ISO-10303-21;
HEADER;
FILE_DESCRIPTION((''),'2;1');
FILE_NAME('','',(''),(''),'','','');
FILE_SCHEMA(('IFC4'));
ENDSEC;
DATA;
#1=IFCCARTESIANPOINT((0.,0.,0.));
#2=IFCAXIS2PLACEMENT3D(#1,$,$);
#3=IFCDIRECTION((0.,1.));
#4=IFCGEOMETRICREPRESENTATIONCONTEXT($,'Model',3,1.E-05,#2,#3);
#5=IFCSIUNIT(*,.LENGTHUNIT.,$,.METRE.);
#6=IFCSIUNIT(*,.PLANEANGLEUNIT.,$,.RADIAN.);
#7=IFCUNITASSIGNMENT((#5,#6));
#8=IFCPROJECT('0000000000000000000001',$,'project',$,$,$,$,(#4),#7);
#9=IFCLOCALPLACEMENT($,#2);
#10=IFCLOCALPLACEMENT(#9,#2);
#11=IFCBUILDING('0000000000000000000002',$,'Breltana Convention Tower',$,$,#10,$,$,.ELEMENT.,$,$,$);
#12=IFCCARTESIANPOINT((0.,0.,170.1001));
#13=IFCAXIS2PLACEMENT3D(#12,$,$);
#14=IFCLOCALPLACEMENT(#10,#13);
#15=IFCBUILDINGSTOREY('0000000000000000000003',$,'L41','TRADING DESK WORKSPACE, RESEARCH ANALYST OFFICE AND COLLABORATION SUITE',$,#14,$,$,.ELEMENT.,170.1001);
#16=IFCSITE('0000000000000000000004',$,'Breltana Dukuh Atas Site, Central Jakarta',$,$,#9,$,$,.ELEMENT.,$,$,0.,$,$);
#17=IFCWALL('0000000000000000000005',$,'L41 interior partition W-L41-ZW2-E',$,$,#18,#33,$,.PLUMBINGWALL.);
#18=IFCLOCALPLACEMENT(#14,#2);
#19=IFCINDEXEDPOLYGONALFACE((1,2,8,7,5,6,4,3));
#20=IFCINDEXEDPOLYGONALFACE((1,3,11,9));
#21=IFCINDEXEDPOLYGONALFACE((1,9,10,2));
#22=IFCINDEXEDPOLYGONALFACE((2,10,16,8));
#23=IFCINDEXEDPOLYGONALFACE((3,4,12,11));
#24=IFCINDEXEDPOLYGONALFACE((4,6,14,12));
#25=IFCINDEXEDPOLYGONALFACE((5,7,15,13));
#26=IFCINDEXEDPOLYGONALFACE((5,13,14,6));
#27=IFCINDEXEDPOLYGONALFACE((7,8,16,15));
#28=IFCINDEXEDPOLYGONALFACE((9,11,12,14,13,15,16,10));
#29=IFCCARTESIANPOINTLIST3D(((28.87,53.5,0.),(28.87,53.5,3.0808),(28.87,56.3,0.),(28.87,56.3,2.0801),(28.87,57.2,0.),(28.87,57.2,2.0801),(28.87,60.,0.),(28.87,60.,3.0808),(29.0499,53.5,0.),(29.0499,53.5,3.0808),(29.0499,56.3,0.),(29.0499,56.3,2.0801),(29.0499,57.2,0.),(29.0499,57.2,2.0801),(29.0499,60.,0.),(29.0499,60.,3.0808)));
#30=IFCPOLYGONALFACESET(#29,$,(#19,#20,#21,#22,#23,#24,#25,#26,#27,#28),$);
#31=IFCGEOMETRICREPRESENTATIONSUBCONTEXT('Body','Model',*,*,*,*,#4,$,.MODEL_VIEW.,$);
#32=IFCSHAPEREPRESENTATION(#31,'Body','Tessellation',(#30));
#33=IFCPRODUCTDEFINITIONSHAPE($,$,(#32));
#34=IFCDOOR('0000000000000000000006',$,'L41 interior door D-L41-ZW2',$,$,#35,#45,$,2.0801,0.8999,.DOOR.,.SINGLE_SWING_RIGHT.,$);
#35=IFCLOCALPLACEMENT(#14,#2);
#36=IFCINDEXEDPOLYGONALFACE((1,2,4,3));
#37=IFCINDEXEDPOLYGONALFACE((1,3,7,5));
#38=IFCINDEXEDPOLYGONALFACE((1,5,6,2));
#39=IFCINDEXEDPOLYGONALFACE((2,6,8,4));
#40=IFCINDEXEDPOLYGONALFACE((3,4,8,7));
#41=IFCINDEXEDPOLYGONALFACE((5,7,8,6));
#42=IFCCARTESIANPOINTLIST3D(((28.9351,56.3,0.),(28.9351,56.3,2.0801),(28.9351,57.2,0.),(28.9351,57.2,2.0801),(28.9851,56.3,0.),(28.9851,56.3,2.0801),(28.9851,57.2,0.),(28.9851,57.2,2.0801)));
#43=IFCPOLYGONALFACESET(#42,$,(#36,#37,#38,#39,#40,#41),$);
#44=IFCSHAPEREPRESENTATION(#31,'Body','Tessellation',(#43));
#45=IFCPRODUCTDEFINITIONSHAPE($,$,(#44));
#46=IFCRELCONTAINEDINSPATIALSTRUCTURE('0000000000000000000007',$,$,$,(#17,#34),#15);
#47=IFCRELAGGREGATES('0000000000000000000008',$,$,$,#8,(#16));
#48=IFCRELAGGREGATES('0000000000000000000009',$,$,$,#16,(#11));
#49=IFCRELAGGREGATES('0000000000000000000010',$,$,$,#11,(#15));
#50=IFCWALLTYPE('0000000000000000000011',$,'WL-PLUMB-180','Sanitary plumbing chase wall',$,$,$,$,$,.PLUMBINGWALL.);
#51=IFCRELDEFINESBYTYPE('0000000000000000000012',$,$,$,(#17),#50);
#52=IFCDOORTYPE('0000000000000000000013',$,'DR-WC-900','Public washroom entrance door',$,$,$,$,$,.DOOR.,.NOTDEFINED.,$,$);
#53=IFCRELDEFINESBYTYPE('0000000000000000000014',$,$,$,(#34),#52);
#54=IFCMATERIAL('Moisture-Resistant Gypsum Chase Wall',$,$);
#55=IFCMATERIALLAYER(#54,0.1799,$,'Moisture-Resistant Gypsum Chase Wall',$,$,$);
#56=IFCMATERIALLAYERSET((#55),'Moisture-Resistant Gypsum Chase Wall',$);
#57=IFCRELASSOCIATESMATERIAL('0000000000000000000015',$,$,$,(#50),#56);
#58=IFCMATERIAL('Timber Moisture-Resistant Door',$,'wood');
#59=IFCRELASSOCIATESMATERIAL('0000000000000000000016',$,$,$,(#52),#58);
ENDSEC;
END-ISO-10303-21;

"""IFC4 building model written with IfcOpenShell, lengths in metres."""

from ifc_helpers import new_model, si_unit, direction, frame, frame_2d, origin, place, context, subcontext, project, spatial, rectangle, extrude, source, transform, mapped, material, layer, layer_set, type_object, type_shapes, element, fill, save


model = new_model("IFC4")

# Units and contexts
model_context = context("Model", 3, precision=1e-05, world=origin(), true_north=direction((0.0, 1.0)))
body_context = subcontext(model_context, "Body", "Model", "MODEL_VIEW")
ifc_project = project(units=[si_unit("LENGTHUNIT", "METRE"), si_unit("PLANEANGLEUNIT", "RADIAN")], contexts=[model_context])

# Site, building, storey
site_placement = place(None, origin())
site = spatial("IfcSite", under=ifc_project, at=site_placement, Name="Breltana Dukuh Atas Site, Central Jakarta", CompositionType="ELEMENT", RefElevation=0.0)
building_placement = place(site_placement, origin())
building = spatial("IfcBuilding", under=site, at=building_placement, Name="Breltana Convention Tower", CompositionType="ELEMENT")
storey_placement = place(building_placement, frame((0.0, 0.0, 170.1001)))
storey = spatial("IfcBuildingStorey", under=building, at=storey_placement, Name="L41", Description="TRADING DESK WORKSPACE, RESEARCH ANALYST OFFICE AND COLLABORATION SUITE", CompositionType="ELEMENT", Elevation=170.1001)

# Shared definitions
ifc_material_1 = material(Name="Moisture-Resistant Gypsum Chase Wall")
ifc_layer_1 = layer(ifc_material_1, 0.1799, Name="Moisture-Resistant Gypsum Chase Wall")
ifc_layer_set_1 = layer_set([ifc_layer_1], Name="Moisture-Resistant Gypsum Chase Wall")
wall_type_1 = type_object("IfcWallType", Name="WL-PLUMB-180", Description="Sanitary plumbing chase wall", PredefinedType="PLUMBINGWALL", material=ifc_layer_set_1)
ifc_material_2 = material(Name="Timber Moisture-Resistant Door", Category="wood")
door_type = type_object("IfcDoorType", Name="DR-WC-900", Description="Public washroom entrance door", OperationType="NOTDEFINED", PredefinedType="DOOR", material=ifc_material_2)
shared_shape_1 = source(origin(), body_context, "Body", "SweptSolid", [
    extrude(rectangle(XDim=0.8999, YDim=2.0801, at=frame_2d((0.45, 1.04))), frame((0.0, 0.0249, 0.0), z_axis=(0.0, -1.0, 0.0), x_axis=(1.0, 0.0, 0.0)), (0.0, 0.0, 1.0), 0.05),
])
type_shapes(door_type, [shared_shape_1])

# Wall, opening, door
shared_shape_2 = source(origin(), body_context, "Body", "SweptSolid", [
    extrude(rectangle(XDim=6.5, YDim=0.1799, at=frame_2d((3.25, 0.0))), origin(), (0.0, 0.0, 1.0), 3.0808),
])
wall_1_placement = place(storey_placement, frame((28.96, 53.5, 0.0), z_axis=(0.0, 0.0, 1.0), x_axis=(0.0, 1.0, 0.0)))
wall_1 = element("IfcWall", 1, at=wall_1_placement, inside=storey, type_object=wall_type_1, Name="L41 interior partition W-L41-ZW2-E", PredefinedType="PLUMBINGWALL", context=body_context, shape_type="MappedRepresentation", body=[
    mapped(shared_shape_2, transform((0.0, 0.0, 0.0), scale=1.0)),
])
opening_1_placement = place(wall_1_placement, frame((2.8, 0.0, 0.0)))
opening_1 = element("IfcOpeningElement", 2, at=opening_1_placement, cuts=wall_1, PredefinedType="OPENING", context=body_context, shape_type="SweptSolid", body=[
    extrude(rectangle(XDim=0.8999, YDim=2.0801, at=frame_2d((0.45, 1.04))), frame((0.0, 0.1001, 0.0), z_axis=(0.0, -1.0, 0.0), x_axis=(1.0, 0.0, 0.0)), (0.0, 0.0, 1.0), 0.2),
])
door_1_placement = place(opening_1_placement, origin())
door_1 = element("IfcDoor", 3, at=door_1_placement, inside=storey, type_object=door_type, Name="L41 interior door D-L41-ZW2", OperationType="SINGLE_SWING_RIGHT", OverallHeight=2.0801, OverallWidth=0.8999, PredefinedType="DOOR", context=body_context, shape_type="MappedRepresentation", body=[
    mapped(shared_shape_1, transform((0.0, 0.0, 0.0), scale=1.0)),
])
fill(opening_1, door_1)

save(model, "model.ifc")
